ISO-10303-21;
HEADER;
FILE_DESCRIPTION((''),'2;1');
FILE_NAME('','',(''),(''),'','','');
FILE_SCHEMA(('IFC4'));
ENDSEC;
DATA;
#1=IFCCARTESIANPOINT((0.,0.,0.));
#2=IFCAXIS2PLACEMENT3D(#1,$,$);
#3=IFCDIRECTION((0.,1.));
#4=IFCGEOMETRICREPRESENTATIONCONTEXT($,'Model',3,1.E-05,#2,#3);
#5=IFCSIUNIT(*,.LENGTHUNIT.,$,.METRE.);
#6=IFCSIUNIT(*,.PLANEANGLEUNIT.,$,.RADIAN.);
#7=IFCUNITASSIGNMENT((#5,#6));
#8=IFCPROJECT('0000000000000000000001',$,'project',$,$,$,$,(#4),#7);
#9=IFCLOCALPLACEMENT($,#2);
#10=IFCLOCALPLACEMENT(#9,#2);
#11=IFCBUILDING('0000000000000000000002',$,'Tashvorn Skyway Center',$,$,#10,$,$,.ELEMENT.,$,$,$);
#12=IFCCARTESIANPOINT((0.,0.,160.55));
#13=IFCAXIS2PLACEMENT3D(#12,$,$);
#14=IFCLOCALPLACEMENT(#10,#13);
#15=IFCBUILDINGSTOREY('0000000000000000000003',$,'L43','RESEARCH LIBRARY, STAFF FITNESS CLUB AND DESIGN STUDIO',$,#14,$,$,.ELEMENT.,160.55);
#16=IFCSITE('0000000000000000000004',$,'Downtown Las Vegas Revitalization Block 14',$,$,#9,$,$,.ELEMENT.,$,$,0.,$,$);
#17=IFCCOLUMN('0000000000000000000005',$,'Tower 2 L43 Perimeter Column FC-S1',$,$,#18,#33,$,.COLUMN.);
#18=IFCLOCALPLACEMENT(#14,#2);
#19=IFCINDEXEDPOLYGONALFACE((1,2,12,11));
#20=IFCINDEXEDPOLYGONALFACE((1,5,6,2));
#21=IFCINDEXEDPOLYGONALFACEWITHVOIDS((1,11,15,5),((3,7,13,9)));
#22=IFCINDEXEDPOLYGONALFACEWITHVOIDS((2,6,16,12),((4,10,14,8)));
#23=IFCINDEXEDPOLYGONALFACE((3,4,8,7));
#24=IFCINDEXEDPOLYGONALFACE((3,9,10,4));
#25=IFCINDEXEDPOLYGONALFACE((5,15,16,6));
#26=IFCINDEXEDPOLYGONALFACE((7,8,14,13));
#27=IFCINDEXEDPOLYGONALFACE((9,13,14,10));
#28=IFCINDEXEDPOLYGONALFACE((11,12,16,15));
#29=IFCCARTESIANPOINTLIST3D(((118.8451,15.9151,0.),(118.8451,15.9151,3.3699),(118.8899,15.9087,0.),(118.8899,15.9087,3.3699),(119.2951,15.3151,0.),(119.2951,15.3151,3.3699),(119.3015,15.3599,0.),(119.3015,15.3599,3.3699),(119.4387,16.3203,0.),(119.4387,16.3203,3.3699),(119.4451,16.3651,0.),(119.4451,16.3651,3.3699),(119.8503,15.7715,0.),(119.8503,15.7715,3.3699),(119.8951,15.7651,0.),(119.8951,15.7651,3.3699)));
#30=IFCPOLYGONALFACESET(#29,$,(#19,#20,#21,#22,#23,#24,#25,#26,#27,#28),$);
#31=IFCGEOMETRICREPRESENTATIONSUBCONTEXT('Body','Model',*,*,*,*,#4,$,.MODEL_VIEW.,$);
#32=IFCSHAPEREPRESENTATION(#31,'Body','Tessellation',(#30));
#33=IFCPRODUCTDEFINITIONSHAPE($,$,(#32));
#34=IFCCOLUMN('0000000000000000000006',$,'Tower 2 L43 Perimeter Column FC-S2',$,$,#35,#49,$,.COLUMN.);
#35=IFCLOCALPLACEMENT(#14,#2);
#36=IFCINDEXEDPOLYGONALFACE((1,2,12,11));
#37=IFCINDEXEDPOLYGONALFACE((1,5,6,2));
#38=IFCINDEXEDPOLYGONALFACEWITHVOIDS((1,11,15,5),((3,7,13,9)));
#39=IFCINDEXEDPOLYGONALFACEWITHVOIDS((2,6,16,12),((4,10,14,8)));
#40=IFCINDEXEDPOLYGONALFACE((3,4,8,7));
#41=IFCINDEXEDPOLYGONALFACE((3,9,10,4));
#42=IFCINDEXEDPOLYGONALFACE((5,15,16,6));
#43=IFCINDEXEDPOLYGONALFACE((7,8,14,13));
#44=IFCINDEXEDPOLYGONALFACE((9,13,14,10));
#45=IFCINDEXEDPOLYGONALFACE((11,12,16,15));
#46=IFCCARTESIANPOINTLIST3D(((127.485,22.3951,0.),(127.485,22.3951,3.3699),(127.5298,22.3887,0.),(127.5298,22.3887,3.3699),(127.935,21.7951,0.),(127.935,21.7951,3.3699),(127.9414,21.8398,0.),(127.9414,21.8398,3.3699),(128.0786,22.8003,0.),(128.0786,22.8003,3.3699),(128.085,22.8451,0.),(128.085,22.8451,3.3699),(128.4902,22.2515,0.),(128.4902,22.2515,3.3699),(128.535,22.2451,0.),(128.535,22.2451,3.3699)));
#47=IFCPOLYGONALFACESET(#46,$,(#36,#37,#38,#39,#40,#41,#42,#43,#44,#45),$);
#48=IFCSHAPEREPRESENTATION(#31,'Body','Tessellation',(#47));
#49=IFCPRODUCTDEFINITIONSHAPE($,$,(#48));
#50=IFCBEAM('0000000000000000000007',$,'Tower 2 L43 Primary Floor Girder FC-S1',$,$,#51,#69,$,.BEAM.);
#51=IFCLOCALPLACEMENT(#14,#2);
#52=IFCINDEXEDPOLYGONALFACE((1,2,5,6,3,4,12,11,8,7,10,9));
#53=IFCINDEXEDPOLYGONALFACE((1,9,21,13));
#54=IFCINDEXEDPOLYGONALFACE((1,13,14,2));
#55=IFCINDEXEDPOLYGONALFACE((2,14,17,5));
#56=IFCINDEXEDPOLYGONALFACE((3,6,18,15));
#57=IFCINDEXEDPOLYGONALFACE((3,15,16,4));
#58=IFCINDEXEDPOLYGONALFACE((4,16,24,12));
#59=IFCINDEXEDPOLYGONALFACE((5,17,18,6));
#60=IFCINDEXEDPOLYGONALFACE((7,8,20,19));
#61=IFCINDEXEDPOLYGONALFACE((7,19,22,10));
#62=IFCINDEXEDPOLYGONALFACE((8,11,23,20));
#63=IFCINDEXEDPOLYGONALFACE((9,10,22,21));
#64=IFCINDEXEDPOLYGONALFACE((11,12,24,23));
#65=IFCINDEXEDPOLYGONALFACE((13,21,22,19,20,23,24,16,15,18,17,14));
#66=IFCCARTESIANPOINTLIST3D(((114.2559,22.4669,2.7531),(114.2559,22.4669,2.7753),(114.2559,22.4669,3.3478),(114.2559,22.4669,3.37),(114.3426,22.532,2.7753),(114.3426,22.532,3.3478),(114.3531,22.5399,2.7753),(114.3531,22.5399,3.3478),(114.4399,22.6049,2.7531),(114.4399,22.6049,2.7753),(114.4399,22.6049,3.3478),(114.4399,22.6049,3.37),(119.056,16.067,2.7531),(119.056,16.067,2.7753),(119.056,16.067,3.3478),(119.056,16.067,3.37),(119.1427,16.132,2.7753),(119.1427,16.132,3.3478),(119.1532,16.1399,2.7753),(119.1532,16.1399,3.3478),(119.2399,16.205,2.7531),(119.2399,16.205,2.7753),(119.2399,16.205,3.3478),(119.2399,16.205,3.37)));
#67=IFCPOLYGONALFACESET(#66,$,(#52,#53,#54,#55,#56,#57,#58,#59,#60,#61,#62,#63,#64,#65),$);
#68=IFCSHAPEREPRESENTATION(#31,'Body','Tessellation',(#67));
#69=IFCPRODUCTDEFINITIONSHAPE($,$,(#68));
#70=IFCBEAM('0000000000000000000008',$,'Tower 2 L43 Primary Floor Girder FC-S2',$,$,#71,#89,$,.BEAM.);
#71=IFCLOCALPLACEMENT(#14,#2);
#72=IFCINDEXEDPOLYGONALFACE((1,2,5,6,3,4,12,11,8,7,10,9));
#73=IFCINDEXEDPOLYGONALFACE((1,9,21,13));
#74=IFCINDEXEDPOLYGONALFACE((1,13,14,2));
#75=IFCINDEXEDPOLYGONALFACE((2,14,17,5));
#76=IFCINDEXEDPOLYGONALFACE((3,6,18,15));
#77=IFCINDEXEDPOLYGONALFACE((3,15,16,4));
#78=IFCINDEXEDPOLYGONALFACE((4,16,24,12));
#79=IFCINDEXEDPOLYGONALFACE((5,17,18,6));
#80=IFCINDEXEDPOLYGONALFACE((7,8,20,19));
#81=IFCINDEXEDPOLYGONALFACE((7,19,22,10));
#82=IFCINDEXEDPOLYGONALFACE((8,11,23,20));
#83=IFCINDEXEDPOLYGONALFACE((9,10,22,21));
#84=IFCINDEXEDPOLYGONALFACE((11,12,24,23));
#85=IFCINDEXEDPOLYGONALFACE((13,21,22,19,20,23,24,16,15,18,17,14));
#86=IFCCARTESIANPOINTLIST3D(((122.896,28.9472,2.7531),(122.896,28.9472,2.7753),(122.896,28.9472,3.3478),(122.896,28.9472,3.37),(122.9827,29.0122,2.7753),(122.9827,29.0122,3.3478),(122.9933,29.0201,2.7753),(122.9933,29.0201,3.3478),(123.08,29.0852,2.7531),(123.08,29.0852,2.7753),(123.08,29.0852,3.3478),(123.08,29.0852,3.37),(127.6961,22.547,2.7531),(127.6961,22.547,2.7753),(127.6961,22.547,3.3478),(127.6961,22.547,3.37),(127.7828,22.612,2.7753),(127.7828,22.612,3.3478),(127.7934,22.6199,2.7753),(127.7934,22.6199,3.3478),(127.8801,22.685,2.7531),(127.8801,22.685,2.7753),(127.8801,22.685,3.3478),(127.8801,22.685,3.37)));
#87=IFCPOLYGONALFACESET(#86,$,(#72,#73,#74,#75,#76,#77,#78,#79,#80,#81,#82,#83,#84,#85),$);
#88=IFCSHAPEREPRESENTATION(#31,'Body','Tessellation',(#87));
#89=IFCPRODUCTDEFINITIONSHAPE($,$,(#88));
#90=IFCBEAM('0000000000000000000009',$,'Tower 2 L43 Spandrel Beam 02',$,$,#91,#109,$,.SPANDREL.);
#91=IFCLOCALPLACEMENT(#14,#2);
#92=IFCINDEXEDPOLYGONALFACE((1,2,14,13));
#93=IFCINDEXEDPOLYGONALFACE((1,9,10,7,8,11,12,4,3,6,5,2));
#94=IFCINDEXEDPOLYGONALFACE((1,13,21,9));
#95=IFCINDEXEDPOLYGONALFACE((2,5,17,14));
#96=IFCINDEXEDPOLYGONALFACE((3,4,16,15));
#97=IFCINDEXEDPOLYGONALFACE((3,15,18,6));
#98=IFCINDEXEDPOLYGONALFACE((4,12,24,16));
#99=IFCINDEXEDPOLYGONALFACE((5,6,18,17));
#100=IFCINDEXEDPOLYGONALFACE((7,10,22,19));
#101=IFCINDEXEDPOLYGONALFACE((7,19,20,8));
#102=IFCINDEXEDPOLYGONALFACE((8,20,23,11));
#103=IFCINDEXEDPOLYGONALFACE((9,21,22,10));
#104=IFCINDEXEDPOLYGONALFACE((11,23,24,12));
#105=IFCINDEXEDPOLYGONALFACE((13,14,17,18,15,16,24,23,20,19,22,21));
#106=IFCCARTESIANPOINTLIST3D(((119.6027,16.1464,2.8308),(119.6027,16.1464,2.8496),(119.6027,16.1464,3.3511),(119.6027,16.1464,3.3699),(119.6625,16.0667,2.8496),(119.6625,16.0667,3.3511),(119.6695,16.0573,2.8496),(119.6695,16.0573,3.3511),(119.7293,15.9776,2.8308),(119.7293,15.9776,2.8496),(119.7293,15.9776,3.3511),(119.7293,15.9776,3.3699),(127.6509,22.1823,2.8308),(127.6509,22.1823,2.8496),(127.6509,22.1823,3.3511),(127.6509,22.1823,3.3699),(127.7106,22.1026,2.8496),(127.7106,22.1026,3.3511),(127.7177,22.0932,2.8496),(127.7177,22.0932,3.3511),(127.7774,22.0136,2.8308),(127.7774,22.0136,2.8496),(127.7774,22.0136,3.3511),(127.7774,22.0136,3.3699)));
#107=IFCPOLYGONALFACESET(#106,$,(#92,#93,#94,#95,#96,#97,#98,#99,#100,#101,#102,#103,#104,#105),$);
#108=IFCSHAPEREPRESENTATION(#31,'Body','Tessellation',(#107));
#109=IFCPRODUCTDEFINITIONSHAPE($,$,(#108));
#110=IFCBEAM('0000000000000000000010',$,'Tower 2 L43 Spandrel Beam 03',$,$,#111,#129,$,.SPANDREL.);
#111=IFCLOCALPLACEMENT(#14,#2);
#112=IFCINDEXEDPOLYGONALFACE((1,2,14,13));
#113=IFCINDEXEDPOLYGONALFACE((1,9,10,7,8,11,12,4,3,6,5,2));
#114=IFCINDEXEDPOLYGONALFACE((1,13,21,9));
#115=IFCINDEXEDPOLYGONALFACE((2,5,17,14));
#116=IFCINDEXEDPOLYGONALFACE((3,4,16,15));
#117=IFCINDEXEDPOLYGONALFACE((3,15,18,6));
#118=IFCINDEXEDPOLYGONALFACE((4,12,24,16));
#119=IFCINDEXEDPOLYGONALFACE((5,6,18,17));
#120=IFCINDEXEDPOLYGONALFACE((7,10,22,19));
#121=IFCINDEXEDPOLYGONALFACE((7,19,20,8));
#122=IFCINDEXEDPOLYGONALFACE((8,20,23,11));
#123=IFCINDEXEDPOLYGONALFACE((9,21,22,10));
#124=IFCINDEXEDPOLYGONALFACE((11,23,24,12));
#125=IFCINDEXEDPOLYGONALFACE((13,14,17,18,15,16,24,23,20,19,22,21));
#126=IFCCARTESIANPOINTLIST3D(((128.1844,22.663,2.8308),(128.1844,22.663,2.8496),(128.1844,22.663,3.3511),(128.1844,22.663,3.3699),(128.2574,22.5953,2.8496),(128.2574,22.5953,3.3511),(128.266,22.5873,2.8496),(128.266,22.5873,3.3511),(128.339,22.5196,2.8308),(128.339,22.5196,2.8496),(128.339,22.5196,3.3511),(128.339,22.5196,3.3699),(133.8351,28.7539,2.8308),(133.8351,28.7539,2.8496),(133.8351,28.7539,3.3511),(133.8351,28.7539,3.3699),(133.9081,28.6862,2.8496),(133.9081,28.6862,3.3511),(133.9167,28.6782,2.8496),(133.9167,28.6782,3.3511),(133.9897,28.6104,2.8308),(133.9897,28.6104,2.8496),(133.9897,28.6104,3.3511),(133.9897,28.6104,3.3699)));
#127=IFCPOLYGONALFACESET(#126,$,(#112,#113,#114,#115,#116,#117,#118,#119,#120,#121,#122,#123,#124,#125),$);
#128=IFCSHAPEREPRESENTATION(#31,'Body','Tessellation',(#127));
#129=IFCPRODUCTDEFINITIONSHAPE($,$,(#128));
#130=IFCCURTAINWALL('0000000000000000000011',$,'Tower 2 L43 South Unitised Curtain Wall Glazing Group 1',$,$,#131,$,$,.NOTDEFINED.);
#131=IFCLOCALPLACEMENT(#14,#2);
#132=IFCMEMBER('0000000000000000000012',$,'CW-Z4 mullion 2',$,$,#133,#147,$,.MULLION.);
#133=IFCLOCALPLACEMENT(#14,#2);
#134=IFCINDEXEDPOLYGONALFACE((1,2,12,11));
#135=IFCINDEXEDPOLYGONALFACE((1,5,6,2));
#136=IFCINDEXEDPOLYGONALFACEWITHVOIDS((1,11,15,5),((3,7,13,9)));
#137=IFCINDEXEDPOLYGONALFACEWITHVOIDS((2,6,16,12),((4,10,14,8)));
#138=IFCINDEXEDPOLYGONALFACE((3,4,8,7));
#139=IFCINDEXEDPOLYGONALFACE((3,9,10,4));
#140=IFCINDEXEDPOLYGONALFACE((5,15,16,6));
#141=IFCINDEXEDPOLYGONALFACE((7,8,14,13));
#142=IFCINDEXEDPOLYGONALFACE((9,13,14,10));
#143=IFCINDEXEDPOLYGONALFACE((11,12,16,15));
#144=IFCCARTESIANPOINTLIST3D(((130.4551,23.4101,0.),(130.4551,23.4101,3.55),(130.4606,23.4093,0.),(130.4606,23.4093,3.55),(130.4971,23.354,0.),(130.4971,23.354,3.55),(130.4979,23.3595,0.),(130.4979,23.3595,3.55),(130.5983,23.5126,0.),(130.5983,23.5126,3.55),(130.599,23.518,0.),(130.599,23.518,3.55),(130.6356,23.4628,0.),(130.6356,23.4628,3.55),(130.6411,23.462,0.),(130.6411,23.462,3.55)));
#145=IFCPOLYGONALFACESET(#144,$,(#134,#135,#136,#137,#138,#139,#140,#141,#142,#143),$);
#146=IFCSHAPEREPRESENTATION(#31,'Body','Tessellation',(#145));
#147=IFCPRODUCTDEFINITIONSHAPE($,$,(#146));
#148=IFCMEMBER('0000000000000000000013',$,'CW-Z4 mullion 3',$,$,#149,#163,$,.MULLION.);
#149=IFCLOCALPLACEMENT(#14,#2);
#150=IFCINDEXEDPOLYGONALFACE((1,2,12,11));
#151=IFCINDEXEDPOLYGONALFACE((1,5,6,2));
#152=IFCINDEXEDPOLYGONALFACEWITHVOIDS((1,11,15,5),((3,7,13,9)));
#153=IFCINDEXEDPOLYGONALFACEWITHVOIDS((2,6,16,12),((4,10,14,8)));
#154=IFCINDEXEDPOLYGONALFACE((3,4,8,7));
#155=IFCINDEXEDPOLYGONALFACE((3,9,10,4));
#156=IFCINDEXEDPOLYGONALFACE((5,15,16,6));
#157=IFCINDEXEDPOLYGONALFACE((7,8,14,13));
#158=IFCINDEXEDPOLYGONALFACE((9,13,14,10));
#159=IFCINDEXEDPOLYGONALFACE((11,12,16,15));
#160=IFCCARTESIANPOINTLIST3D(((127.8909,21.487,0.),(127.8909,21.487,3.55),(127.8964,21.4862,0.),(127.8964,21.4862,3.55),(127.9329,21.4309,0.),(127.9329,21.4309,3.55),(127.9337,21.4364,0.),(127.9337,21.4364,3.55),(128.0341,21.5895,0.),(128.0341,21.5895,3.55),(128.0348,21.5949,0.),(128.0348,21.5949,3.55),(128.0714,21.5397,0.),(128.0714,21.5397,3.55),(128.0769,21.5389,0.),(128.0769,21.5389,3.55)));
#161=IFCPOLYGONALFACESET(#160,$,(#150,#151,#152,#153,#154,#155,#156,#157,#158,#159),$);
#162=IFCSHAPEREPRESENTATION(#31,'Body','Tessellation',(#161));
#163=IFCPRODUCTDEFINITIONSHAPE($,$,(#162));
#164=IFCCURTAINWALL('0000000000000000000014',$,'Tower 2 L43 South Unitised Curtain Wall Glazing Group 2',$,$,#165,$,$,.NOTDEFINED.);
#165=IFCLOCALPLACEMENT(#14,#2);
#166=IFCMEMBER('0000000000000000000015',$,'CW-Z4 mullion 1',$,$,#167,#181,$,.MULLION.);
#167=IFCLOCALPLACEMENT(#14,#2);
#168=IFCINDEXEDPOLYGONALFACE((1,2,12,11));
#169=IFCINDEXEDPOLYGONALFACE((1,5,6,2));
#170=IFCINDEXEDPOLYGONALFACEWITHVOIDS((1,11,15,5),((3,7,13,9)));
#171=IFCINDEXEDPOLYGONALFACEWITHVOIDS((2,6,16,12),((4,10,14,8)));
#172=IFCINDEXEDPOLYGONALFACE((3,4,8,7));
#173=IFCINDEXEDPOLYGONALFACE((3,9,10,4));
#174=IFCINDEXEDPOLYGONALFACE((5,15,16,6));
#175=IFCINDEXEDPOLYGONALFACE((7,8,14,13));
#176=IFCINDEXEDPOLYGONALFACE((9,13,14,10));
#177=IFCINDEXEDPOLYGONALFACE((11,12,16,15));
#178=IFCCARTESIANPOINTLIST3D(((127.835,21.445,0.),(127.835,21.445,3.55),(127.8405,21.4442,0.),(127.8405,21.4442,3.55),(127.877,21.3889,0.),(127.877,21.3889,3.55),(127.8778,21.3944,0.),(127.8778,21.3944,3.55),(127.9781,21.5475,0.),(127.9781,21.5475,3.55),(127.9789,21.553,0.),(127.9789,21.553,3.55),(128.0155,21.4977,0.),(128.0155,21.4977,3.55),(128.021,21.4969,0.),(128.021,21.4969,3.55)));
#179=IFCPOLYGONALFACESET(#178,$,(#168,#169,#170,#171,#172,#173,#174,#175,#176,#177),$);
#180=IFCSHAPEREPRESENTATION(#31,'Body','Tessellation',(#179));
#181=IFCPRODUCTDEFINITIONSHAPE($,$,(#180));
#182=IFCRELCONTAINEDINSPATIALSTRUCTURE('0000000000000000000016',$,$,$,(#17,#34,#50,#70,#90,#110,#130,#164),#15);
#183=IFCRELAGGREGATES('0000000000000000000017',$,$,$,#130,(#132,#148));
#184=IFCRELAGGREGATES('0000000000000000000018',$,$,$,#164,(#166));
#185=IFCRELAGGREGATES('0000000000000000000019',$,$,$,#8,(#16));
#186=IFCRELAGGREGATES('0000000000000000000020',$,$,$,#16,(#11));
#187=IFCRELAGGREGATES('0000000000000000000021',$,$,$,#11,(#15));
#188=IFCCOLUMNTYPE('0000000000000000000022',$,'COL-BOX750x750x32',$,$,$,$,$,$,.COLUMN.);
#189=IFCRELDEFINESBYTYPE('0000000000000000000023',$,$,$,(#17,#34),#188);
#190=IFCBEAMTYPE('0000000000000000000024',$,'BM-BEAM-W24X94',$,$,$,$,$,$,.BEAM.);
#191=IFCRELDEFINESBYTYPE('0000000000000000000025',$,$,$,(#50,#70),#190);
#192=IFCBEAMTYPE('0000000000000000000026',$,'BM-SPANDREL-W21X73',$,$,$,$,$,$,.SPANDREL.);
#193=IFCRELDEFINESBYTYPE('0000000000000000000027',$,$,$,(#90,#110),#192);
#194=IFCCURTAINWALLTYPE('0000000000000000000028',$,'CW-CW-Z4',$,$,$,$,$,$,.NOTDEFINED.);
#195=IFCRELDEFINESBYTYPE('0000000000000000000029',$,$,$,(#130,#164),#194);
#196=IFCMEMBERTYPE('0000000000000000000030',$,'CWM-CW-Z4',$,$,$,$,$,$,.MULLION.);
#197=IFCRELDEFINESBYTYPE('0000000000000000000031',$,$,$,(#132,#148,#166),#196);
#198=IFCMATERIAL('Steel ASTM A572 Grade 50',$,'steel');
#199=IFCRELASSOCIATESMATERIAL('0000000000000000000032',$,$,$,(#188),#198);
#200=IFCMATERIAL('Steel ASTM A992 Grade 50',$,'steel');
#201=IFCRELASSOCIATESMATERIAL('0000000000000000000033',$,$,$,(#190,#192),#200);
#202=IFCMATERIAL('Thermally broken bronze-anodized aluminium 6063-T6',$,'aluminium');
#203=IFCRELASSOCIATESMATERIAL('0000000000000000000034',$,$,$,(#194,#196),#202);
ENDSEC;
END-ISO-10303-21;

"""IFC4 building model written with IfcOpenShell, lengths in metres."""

from ifc_helpers import new_model, si_unit, direction, frame, origin, origin_2d, place, context, subcontext, project, spatial, hollow_rectangle, i_section, extrude, material, material_profile, profile_set, type_object, element, aggregate, save


model = new_model("IFC4")

# Units and contexts
model_context = context("Model", 3, precision=1e-05, world=origin(), true_north=direction((0.0, 1.0)))
body_context = subcontext(model_context, "Body", "Model", "MODEL_VIEW")
ifc_project = project(units=[si_unit("LENGTHUNIT", "METRE"), si_unit("PLANEANGLEUNIT", "RADIAN")], contexts=[model_context])

# Site, building, storey
site_placement = place(None, origin())
site = spatial("IfcSite", under=ifc_project, at=site_placement, Name="Downtown Las Vegas Revitalization Block 14", CompositionType="ELEMENT", RefElevation=0.0)
building_placement = place(site_placement, origin())
building = spatial("IfcBuilding", under=site, at=building_placement, Name="Tashvorn Skyway Center", CompositionType="ELEMENT")
storey_placement = place(building_placement, frame((0.0, 0.0, 160.55)))
storey = spatial("IfcBuildingStorey", under=building, at=storey_placement, Name="L43", Description="RESEARCH LIBRARY, STAFF FITNESS CLUB AND DESIGN STUDIO", CompositionType="ELEMENT", Elevation=160.55)

# Columns
ifc_material_1 = material(Name="Steel ASTM A572 Grade 50", Category="steel")
ifc_material_profile_1 = material_profile(ifc_material_1, hollow_rectangle(XDim=0.75, YDim=0.75, WallThickness=0.032, at=origin_2d()), Name="BOX750x750x32")
ifc_profile_set_1 = profile_set([ifc_material_profile_1], Name="Steel ASTM A572 Grade 50")
column_type = type_object("IfcColumnType", Name="COL-BOX750x750x32", PredefinedType="COLUMN", material=ifc_profile_set_1)
for number, where, z_axis, x_axis, name in (
    (1, (119.3701, 15.8401, 0.0), (0.0, 0.0, 1.0), (0.8, 0.6, 0.0), "Tower 2 L43 Perimeter Column FC-S1"),
    (2, (128.01, 22.3201, 0.0), (0.0, 0.0, 1.0), (0.8, 0.6, 0.0), "Tower 2 L43 Perimeter Column FC-S2"),
):
    element("IfcColumn", number, at=place(storey_placement, frame(where, z_axis=z_axis, x_axis=x_axis)), inside=storey, type_object=column_type, Name=name, PredefinedType="COLUMN", context=body_context, shape_type="SweptSolid", body=[
        extrude(hollow_rectangle(XDim=0.75, YDim=0.75, WallThickness=0.032, at=origin_2d()), origin(), (0.0, 0.0, 1.0), 3.3699),
    ])

# Beams
ifc_material_2 = material(Name="Steel ASTM A992 Grade 50", Category="steel")
ifc_material_profile_2 = material_profile(ifc_material_2, i_section(OverallWidth=0.23, OverallDepth=0.6169, WebThickness=0.0132, FlangeThickness=0.0222, at=origin_2d()), Name="W24X94")
ifc_profile_set_2 = profile_set([ifc_material_profile_2], Name="Steel ASTM A992 Grade 50")
beam_type_1 = type_object("IfcBeamType", Name="BM-BEAM-W24X94", PredefinedType="BEAM", material=ifc_profile_set_2)
beam_1_placement = place(storey_placement, frame((119.1479, 16.136, 3.0615), z_axis=(-0.60001, 0.799993, 0.0), x_axis=(-0.799993, -0.60001, 0.0)))
element("IfcBeam", 3, at=beam_1_placement, inside=storey, type_object=beam_type_1, Name="Tower 2 L43 Primary Floor Girder FC-S1", PredefinedType="BEAM", context=body_context, shape_type="SweptSolid", body=[
    extrude(i_section(OverallWidth=0.23, OverallDepth=0.6169, WebThickness=0.0132, FlangeThickness=0.0222, at=origin_2d()), origin(), (0.0, 0.0, 1.0), 8.0),
])
beam_2_placement = place(storey_placement, frame((127.7881, 22.616, 3.0615), z_axis=(-0.599995, 0.800004, 0.0), x_axis=(-0.800004, -0.599995, 0.0)))
element("IfcBeam", 4, at=beam_2_placement, inside=storey, type_object=beam_type_1, Name="Tower 2 L43 Primary Floor Girder FC-S2", PredefinedType="BEAM", context=body_context, shape_type="SweptSolid", body=[
    extrude(i_section(OverallWidth=0.23, OverallDepth=0.6169, WebThickness=0.0132, FlangeThickness=0.0222, at=origin_2d()), origin(), (0.0, 0.0, 1.0), 8.0002),
])
ifc_material_profile_3 = material_profile(ifc_material_2, i_section(OverallWidth=0.2109, OverallDepth=0.5391, WebThickness=0.0117, FlangeThickness=0.0188, at=origin_2d()), Name="W21X73")
ifc_profile_set_3 = profile_set([ifc_material_profile_3], Name="Steel ASTM A992 Grade 50")
beam_type_2 = type_object("IfcBeamType", Name="BM-SPANDREL-W21X73", PredefinedType="SPANDREL", material=ifc_profile_set_3)
beam_3_placement = place(storey_placement, frame((119.666, 16.062, 3.1003), z_axis=(0.800009, 0.599988, 0.0), x_axis=(-0.599988, 0.800009, 0.0)))
element("IfcBeam", 5, at=beam_3_placement, inside=storey, type_object=beam_type_2, Name="Tower 2 L43 Spandrel Beam 02", PredefinedType="SPANDREL", context=body_context, shape_type="SweptSolid", body=[
    extrude(i_section(OverallWidth=0.2109, OverallDepth=0.5391, WebThickness=0.0117, FlangeThickness=0.0188, at=origin_2d()), origin(), (0.0, 0.0, 1.0), 10.0601),
])
beam_4_placement = place(storey_placement, frame((128.2617, 22.5913, 3.1003), z_axis=(0.68012, 0.733101, 0.0), x_axis=(-0.733101, 0.68012, 0.0)))
element("IfcBeam", 6, at=beam_4_placement, inside=storey, type_object=beam_type_2, Name="Tower 2 L43 Spandrel Beam 03", PredefinedType="SPANDREL", context=body_context, shape_type="SweptSolid", body=[
    extrude(i_section(OverallWidth=0.2109, OverallDepth=0.5391, WebThickness=0.0117, FlangeThickness=0.0188, at=origin_2d()), origin(), (0.0, 0.0, 1.0), 8.3083),
])

# Curtain walls, members
ifc_material_3 = material(Name="Thermally broken bronze-anodized aluminium 6063-T6", Category="aluminium")
curtain_wall_type = type_object("IfcCurtainWallType", Name="CW-CW-Z4", PredefinedType="NOTDEFINED", material=ifc_material_3)
curtain_wall_1_placement = place(storey_placement, origin())
curtain_wall_1 = element("IfcCurtainWall", 7, at=curtain_wall_1_placement, inside=storey, type_object=curtain_wall_type, Name="Tower 2 L43 South Unitised Curtain Wall Glazing Group 1", PredefinedType="NOTDEFINED")
ifc_material_profile_4 = material_profile(ifc_material_3, hollow_rectangle(XDim=0.0701, YDim=0.1799, WallThickness=0.0039, at=origin_2d()), Name="ALU-MULL-70x180")
ifc_profile_set_4 = profile_set([ifc_material_profile_4], Name="Thermally broken bronze-anodized aluminium 6063-T6")
member_type_1 = type_object("IfcMemberType", Name="CWM-CW-Z4", PredefinedType="MULLION", material=ifc_profile_set_4)
member_1_placement = place(storey_placement, frame((130.5481, 23.436, 0.0), z_axis=(0.0, 0.0, 1.0), x_axis=(0.6, -0.8, 0.0)))
member_1 = element("IfcMember", 8, at=member_1_placement, type_object=member_type_1, Name="CW-Z4 mullion 2", PredefinedType="MULLION", context=body_context, shape_type="SweptSolid", body=[
    extrude(hollow_rectangle(XDim=0.0701, YDim=0.1799, WallThickness=0.0039, at=origin_2d()), origin(), (0.0, 0.0, 1.0), 3.55),
])
member_2_placement = place(storey_placement, frame((127.9839, 21.5129, 0.0), z_axis=(0.0, 0.0, 1.0), x_axis=(0.6, -0.8, 0.0)))
member_2 = element("IfcMember", 9, at=member_2_placement, type_object=member_type_1, Name="CW-Z4 mullion 3", PredefinedType="MULLION", context=body_context, shape_type="SweptSolid", body=[
    extrude(hollow_rectangle(XDim=0.0701, YDim=0.1799, WallThickness=0.0039, at=origin_2d()), origin(), (0.0, 0.0, 1.0), 3.55),
])
curtain_wall_2_placement = place(storey_placement, origin())
curtain_wall_2 = element("IfcCurtainWall", 10, at=curtain_wall_2_placement, inside=storey, type_object=curtain_wall_type, Name="Tower 2 L43 South Unitised Curtain Wall Glazing Group 2", PredefinedType="NOTDEFINED")
member_3_placement = place(storey_placement, frame((127.928, 21.4709, 0.0), z_axis=(0.0, 0.0, 1.0), x_axis=(0.6, -0.8, 0.0)))
member_3 = element("IfcMember", 11, at=member_3_placement, type_object=member_type_1, Name="CW-Z4 mullion 1", PredefinedType="MULLION", context=body_context, shape_type="SweptSolid", body=[
    extrude(hollow_rectangle(XDim=0.0701, YDim=0.1799, WallThickness=0.0039, at=origin_2d()), origin(), (0.0, 0.0, 1.0), 3.55),
])

aggregate(curtain_wall_1, [member_1, member_2])
aggregate(curtain_wall_2, [member_3])

save(model, "model.ifc")
